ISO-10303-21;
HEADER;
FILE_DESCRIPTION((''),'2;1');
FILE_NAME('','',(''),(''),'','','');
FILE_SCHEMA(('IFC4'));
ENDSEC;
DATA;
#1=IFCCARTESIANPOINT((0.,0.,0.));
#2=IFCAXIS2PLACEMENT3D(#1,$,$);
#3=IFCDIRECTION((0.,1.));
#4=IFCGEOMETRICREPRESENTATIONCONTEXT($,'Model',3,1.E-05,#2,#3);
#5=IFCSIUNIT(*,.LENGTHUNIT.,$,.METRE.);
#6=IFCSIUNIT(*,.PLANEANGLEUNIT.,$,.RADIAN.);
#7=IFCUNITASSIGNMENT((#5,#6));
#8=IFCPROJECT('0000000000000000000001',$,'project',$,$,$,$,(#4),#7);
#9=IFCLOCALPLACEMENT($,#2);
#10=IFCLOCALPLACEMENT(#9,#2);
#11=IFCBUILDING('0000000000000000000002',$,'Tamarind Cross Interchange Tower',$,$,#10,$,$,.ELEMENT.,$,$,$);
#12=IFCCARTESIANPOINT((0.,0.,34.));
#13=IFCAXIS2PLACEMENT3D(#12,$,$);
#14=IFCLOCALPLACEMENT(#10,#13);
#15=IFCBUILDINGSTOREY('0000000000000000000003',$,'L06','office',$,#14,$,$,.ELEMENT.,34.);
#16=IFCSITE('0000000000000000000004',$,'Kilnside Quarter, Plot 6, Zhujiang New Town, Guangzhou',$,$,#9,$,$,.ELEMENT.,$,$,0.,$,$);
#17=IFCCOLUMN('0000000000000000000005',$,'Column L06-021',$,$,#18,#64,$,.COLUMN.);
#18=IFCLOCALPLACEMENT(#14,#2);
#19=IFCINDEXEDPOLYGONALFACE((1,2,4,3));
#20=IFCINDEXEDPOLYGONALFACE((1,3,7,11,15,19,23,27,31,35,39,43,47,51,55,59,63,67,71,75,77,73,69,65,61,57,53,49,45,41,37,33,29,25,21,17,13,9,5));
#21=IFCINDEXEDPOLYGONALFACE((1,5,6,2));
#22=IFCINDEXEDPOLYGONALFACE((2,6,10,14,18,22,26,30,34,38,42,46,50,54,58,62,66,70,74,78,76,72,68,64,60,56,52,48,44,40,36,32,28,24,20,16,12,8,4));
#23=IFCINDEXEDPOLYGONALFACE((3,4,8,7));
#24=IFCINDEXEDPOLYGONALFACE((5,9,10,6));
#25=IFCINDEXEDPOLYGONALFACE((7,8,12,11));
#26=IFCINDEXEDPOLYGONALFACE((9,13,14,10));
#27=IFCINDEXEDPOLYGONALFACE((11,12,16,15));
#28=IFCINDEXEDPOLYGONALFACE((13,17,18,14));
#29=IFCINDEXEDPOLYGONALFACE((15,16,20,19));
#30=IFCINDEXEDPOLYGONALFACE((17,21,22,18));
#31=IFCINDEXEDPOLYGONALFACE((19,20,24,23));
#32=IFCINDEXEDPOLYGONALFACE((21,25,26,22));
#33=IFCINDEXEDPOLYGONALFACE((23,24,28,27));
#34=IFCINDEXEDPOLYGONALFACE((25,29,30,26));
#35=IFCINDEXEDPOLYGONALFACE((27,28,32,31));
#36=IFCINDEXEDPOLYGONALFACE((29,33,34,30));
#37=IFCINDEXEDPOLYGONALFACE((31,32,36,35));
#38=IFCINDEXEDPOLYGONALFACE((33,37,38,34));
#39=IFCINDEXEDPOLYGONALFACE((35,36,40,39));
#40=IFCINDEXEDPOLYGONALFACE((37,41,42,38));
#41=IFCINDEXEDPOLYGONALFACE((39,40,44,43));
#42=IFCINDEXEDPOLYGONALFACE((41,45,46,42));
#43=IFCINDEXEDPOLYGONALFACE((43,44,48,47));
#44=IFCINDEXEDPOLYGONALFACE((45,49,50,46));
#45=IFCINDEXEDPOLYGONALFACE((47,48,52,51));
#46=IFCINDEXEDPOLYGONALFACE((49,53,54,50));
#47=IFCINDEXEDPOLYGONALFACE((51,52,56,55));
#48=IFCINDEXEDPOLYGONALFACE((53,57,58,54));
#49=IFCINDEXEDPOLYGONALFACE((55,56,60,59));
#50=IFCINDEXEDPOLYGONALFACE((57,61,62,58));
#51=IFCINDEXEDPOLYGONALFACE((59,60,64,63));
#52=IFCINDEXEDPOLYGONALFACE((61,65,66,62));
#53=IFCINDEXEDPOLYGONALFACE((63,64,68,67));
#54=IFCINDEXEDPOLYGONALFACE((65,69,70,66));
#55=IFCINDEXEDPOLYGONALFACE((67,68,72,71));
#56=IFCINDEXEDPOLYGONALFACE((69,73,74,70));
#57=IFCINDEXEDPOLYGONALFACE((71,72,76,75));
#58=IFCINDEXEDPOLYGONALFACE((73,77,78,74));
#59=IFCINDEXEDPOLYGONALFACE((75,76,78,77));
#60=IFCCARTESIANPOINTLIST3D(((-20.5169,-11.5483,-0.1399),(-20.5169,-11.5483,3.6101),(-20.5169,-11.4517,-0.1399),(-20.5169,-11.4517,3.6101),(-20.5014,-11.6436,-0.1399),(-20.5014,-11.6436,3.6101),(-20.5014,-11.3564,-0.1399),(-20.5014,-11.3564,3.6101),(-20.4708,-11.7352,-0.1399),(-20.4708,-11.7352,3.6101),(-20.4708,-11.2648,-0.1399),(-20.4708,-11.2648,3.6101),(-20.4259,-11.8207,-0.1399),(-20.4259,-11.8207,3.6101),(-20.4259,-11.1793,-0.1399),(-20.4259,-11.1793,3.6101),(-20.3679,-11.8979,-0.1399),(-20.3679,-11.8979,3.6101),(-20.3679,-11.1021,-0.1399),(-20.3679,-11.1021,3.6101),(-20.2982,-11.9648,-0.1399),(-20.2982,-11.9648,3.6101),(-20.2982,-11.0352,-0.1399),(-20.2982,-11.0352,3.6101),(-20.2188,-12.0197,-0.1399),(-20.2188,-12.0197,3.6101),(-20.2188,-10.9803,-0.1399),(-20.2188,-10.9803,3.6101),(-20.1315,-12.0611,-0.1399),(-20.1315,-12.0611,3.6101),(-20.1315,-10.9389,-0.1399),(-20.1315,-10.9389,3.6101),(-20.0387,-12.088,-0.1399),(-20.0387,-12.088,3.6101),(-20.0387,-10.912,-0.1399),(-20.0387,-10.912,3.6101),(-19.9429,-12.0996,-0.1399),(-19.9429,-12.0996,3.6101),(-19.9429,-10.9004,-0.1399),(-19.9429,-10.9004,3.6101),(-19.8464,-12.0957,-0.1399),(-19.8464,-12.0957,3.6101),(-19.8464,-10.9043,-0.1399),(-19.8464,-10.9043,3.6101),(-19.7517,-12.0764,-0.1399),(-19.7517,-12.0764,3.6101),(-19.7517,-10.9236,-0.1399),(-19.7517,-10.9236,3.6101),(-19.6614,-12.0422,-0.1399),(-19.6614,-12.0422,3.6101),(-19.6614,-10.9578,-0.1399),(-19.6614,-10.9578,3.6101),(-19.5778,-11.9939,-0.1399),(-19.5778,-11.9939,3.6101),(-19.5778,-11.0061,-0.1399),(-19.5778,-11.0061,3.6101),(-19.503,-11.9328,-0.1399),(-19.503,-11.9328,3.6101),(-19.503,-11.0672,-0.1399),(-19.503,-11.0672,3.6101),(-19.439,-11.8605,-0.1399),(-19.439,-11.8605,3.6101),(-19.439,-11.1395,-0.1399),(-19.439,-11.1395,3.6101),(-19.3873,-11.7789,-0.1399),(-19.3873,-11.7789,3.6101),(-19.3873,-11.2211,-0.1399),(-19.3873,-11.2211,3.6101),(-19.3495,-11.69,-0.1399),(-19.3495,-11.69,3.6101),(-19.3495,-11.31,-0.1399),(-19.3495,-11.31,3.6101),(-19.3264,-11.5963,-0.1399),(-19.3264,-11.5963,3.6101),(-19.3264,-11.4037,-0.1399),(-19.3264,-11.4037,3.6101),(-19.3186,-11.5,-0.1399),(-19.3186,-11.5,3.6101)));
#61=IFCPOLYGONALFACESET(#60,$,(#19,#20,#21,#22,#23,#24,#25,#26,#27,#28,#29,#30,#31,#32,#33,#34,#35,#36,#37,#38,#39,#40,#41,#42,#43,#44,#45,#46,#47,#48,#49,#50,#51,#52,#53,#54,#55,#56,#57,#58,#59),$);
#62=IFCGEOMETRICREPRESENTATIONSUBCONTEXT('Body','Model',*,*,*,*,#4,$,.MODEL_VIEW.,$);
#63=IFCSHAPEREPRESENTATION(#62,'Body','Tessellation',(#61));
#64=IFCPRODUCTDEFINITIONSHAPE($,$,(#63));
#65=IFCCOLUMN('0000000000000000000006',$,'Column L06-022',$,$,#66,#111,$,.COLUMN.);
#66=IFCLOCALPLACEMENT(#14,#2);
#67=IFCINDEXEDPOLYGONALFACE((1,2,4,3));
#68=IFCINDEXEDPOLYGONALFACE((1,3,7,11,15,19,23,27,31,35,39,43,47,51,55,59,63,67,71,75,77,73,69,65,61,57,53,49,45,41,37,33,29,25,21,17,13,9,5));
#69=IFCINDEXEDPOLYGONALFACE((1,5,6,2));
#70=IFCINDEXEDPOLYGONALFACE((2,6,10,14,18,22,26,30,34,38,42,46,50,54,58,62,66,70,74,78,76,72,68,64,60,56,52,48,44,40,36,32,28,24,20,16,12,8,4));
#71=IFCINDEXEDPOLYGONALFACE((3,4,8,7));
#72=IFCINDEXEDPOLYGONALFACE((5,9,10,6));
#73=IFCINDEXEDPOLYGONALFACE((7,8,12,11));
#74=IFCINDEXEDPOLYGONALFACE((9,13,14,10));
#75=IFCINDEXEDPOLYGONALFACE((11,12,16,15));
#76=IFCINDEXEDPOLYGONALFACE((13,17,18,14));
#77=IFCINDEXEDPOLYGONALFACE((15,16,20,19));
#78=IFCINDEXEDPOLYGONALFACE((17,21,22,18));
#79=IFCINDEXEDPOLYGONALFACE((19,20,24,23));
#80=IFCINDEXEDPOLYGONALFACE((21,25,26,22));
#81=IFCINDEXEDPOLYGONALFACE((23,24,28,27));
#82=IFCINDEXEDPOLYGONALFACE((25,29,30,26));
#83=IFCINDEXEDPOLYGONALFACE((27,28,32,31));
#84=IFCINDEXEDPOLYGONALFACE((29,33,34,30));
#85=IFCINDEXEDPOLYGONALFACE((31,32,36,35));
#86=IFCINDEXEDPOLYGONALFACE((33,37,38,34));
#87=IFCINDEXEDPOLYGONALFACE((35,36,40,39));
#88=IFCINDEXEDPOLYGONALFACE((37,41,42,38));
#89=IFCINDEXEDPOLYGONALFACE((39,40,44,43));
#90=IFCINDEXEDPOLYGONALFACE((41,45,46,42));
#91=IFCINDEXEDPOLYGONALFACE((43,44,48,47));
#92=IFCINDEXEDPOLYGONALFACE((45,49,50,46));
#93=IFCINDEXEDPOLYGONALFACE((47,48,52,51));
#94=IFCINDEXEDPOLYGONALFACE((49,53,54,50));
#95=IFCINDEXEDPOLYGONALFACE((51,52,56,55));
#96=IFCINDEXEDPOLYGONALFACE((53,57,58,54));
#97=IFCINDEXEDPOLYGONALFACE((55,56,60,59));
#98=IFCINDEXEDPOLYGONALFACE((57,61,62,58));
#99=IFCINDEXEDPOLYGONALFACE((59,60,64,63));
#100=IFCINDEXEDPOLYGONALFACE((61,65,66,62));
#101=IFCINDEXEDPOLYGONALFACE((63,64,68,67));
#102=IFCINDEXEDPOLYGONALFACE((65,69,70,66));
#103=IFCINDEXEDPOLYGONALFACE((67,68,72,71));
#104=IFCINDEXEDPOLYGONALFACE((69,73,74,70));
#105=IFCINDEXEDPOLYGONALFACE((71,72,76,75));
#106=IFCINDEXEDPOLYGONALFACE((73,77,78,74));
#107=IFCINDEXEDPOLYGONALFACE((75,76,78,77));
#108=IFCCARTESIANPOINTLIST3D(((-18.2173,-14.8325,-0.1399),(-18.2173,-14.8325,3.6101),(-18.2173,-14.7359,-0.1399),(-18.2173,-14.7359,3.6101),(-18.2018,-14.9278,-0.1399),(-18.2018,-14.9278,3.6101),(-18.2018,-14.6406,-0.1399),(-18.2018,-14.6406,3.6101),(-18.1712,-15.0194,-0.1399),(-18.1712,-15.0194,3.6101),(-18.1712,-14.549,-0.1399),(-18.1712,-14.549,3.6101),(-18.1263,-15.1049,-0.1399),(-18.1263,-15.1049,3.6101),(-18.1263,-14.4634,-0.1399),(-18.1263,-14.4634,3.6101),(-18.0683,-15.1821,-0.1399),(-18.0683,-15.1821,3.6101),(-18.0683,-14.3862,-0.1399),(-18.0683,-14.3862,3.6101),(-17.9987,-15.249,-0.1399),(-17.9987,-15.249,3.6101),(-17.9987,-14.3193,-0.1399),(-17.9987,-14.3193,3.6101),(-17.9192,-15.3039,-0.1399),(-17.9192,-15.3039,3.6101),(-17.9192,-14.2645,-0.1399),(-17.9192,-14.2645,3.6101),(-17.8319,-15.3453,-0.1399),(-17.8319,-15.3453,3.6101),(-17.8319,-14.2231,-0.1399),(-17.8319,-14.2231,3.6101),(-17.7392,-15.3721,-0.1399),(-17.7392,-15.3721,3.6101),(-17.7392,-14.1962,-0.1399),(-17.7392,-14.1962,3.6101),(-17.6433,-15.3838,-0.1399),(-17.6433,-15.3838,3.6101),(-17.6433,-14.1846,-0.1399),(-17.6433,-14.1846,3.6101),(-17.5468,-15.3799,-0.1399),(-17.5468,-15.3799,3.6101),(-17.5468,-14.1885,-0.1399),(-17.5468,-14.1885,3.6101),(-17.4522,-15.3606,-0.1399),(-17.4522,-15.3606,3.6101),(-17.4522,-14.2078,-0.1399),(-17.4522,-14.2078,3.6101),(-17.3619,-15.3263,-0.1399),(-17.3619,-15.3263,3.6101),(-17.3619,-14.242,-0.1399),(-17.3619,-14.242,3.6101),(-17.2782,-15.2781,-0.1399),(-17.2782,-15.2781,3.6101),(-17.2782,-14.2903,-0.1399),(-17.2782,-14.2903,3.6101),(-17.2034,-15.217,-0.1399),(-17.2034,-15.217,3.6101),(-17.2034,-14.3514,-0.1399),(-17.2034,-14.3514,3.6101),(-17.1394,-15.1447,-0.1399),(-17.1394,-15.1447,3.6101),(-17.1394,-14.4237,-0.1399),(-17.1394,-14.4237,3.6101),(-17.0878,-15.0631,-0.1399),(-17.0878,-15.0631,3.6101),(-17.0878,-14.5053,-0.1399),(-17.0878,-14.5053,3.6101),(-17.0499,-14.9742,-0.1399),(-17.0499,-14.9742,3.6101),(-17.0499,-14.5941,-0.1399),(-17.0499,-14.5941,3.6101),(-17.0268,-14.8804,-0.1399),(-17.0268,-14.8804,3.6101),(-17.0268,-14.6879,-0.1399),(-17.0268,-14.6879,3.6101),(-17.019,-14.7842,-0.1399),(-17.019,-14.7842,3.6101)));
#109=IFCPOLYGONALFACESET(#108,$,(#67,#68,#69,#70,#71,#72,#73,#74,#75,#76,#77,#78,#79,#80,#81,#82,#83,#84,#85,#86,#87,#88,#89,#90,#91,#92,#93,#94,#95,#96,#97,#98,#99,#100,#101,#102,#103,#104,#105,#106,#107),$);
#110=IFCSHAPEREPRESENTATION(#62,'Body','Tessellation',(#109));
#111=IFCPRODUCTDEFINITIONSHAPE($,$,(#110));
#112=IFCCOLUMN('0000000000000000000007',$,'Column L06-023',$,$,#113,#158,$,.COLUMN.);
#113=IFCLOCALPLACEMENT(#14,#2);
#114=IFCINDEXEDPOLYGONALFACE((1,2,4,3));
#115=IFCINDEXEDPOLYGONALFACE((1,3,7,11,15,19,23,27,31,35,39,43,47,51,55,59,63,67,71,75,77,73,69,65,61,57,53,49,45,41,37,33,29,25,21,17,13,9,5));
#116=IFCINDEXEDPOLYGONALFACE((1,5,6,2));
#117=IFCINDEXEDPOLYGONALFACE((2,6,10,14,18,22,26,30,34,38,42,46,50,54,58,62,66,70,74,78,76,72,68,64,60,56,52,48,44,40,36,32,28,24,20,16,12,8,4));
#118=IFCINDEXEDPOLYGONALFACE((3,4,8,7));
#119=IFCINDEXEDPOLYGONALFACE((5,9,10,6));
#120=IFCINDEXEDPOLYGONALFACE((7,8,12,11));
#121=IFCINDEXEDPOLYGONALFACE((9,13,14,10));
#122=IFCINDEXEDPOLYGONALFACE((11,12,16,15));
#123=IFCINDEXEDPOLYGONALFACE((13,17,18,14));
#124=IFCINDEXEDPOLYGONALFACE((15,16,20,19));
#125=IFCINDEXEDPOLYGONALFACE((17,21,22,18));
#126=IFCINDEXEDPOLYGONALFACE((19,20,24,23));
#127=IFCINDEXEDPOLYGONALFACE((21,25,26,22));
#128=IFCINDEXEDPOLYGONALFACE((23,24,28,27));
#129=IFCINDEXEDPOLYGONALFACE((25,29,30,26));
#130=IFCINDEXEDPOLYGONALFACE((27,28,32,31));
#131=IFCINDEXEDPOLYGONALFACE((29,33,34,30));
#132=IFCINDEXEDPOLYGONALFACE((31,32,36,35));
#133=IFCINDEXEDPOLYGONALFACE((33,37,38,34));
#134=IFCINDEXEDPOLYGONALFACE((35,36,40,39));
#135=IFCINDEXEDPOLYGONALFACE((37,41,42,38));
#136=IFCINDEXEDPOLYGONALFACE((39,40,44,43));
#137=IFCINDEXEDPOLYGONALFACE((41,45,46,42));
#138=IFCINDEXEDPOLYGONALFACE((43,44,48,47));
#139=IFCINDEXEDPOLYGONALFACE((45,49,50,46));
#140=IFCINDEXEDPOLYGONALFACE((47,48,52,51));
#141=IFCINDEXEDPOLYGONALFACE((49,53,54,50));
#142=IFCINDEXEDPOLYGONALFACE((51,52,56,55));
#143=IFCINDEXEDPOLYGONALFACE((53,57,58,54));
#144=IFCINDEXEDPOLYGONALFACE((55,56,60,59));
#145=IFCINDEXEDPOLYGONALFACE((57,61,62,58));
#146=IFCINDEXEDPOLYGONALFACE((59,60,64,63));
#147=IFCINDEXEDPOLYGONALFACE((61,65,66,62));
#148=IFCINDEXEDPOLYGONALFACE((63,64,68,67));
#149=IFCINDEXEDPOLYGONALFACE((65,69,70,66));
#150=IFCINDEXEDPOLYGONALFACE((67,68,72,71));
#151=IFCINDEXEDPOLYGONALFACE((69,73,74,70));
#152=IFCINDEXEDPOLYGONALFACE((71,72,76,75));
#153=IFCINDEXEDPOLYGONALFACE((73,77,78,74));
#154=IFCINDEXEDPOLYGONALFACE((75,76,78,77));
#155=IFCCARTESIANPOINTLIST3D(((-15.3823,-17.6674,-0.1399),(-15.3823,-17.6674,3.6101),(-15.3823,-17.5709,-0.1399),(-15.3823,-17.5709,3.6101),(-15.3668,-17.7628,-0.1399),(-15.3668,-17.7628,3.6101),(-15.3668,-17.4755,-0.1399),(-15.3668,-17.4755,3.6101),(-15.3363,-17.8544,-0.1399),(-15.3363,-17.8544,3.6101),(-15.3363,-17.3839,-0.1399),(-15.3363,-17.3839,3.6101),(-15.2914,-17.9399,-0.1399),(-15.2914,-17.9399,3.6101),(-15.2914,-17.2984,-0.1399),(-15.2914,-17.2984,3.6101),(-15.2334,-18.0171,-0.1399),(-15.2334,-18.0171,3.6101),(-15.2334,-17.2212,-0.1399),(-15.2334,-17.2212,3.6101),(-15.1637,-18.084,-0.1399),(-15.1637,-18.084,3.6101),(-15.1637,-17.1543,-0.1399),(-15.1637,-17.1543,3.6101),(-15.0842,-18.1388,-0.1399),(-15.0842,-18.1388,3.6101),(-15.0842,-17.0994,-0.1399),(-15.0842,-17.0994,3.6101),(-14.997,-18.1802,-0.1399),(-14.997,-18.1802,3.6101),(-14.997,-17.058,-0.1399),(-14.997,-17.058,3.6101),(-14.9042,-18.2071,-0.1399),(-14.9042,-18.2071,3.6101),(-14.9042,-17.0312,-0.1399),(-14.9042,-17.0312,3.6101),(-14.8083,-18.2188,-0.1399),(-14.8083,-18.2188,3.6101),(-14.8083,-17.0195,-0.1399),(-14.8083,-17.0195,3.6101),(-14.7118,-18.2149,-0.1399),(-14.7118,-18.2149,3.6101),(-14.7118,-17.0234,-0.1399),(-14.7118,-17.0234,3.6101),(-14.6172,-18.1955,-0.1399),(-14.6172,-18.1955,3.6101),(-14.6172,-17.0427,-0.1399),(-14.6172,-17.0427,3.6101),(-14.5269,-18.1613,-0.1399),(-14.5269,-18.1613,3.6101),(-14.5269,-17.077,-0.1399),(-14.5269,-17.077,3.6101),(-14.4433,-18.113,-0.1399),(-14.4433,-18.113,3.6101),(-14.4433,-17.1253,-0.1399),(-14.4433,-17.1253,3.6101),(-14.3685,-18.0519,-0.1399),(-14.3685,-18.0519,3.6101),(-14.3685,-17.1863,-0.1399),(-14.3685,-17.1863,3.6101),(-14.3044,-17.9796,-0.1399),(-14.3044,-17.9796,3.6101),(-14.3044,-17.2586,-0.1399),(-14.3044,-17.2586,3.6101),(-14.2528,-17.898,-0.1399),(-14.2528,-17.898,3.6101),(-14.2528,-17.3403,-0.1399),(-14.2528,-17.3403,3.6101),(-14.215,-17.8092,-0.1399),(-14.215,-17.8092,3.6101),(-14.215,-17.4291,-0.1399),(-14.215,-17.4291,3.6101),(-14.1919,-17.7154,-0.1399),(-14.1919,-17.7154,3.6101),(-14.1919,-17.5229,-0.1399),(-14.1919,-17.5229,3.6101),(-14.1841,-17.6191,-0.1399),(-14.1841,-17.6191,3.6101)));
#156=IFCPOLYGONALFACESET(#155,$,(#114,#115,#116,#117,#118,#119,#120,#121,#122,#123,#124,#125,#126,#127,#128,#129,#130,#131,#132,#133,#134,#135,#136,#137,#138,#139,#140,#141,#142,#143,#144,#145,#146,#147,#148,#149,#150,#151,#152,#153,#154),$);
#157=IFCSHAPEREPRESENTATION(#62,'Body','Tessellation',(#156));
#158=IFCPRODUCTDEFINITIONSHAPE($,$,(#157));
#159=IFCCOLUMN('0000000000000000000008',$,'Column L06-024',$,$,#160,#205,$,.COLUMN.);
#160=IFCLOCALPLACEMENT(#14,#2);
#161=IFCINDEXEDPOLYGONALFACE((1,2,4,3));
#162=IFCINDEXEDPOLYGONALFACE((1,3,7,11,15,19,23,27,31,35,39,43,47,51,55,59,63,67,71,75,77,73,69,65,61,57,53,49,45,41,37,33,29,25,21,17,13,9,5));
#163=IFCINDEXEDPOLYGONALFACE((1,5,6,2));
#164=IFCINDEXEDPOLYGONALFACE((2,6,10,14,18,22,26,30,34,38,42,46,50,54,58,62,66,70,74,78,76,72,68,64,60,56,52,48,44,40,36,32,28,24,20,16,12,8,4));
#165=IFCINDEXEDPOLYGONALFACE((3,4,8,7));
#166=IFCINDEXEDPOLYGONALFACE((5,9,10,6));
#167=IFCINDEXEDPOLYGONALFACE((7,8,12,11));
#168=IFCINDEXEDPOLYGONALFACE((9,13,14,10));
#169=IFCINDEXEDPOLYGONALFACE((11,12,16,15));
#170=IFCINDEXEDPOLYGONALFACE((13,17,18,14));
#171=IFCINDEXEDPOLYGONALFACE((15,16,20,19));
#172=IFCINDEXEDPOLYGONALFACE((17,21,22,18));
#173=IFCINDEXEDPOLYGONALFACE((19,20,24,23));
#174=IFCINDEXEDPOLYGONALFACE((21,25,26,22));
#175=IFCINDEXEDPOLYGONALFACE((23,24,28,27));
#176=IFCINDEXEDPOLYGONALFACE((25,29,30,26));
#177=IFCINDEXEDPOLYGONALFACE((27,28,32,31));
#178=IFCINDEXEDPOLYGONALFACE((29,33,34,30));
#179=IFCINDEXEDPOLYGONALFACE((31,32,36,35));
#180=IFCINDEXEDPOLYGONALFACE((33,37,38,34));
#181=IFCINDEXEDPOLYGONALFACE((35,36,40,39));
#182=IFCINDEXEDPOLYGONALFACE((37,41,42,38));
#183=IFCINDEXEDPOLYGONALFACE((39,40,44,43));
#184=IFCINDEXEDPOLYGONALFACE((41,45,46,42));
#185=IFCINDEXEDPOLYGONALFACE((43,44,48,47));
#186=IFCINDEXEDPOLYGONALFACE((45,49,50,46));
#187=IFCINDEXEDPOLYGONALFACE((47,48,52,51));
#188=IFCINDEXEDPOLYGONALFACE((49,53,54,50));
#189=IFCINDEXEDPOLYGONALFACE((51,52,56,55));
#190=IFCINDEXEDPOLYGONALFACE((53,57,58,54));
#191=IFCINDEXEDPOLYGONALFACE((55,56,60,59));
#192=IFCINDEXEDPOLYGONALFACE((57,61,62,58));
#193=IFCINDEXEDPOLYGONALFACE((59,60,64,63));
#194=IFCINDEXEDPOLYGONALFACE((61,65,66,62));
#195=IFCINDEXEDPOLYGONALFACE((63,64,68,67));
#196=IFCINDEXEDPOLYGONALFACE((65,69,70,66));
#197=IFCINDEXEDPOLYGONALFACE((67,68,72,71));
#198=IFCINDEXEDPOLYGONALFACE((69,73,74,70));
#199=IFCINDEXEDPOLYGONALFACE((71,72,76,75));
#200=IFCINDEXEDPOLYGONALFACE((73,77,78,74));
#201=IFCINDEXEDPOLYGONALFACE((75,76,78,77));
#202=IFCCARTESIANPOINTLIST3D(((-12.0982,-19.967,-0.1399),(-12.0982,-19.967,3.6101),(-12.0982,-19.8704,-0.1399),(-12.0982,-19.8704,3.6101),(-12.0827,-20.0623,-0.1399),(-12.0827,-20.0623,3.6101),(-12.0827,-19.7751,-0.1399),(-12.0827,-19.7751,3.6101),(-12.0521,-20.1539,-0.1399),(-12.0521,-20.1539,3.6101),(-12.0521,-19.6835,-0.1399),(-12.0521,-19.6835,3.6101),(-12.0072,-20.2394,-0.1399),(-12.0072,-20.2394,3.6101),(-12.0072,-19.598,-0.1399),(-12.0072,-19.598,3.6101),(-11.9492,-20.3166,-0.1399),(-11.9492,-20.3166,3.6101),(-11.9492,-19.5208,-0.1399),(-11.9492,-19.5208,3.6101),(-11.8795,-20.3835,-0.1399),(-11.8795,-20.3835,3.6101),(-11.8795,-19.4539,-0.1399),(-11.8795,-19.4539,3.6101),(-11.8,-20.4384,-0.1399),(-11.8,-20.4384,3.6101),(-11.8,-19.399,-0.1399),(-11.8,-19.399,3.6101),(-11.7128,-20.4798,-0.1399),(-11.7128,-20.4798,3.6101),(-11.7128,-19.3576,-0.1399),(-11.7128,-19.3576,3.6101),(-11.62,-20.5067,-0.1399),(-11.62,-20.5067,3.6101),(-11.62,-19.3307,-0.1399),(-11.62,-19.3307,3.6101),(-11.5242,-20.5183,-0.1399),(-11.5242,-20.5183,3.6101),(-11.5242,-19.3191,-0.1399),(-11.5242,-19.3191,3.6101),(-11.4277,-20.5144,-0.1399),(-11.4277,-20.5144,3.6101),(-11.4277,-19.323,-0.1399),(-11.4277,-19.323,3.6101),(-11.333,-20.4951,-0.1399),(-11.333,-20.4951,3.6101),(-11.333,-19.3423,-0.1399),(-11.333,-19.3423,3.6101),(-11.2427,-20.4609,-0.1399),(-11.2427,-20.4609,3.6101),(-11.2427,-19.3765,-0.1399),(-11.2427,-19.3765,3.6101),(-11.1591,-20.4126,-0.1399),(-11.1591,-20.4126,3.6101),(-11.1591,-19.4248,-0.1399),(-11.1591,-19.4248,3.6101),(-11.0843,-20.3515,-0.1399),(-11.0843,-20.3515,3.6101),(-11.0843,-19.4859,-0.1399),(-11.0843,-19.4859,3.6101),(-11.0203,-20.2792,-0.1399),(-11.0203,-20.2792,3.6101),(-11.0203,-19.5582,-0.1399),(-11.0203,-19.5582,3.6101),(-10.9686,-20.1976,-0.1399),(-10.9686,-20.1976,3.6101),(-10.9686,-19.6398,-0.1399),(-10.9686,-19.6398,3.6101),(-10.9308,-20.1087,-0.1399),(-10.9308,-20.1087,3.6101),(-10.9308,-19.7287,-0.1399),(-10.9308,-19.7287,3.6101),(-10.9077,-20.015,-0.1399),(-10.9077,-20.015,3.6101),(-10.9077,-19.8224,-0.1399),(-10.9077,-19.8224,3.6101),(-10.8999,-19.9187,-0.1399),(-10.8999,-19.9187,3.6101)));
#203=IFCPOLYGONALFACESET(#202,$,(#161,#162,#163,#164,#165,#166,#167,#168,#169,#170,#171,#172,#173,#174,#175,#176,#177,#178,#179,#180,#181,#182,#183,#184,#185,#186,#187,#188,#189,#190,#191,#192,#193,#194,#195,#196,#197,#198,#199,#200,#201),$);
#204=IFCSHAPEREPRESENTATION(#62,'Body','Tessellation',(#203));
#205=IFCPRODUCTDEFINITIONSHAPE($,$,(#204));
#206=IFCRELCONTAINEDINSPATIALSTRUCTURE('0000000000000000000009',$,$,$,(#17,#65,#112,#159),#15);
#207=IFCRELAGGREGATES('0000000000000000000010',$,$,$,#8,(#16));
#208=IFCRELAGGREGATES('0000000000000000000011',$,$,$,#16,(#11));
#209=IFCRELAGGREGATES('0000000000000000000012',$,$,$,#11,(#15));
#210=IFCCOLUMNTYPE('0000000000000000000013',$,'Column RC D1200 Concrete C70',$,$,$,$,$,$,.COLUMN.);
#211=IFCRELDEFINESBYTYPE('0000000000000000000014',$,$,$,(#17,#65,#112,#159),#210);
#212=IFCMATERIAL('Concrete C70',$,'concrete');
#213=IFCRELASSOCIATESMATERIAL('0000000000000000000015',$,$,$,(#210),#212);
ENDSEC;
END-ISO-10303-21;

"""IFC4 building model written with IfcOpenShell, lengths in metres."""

from ifc_helpers import new_model, si_unit, direction, frame, origin, origin_2d, place, context, subcontext, project, spatial, circle, extrude, material, material_profile, profile_set, type_object, element, save


model = new_model("IFC4")

# Units and contexts
model_context = context("Model", 3, precision=1e-05, world=origin(), true_north=direction((0.0, 1.0)))
body_context = subcontext(model_context, "Body", "Model", "MODEL_VIEW")
ifc_project = project(units=[si_unit("LENGTHUNIT", "METRE"), si_unit("PLANEANGLEUNIT", "RADIAN")], contexts=[model_context])

# Site, building, storey
site_placement = place(None, origin())
site = spatial("IfcSite", under=ifc_project, at=site_placement, Name="Kilnside Quarter, Plot 6, Zhujiang New Town, Guangzhou", CompositionType="ELEMENT", RefElevation=0.0)
building_placement = place(site_placement, origin())
building = spatial("IfcBuilding", under=site, at=building_placement, Name="Tamarind Cross Interchange Tower", CompositionType="ELEMENT")
storey_placement = place(building_placement, frame((0.0, 0.0, 34.0)))
storey = spatial("IfcBuildingStorey", under=building, at=storey_placement, Name="L06", Description="office", CompositionType="ELEMENT", Elevation=34.0)

# Columns
ifc_material_1 = material(Name="Concrete C70", Category="concrete")
ifc_material_profile_1 = material_profile(ifc_material_1, circle(Radius=0.6001, at=origin_2d()), Name="RC D1200")
ifc_profile_set_1 = profile_set([ifc_material_profile_1], Name="Concrete C70")
column_type = type_object("IfcColumnType", Name="Column RC D1200 Concrete C70", PredefinedType="COLUMN", material=ifc_profile_set_1)
for number, where, z_axis, x_axis, name in (
    (1, (-19.9187, -11.5, -0.1399), (0.0, 0.0, 1.0), (1.0, 0.0, 0.0), "Column L06-021"),
    (2, (-17.6191, -14.7842, -0.1399), (0.0, 0.0, 1.0), (1.0, 0.0, 0.0), "Column L06-022"),
    (3, (-14.7842, -17.6191, -0.1399), (0.0, 0.0, 1.0), (1.0, 0.0, 0.0), "Column L06-023"),
    (4, (-11.5, -19.9187, -0.1399), (0.0, 0.0, 1.0), (1.0, 0.0, 0.0), "Column L06-024"),
):
    element("IfcColumn", number, at=place(storey_placement, frame(where, z_axis=z_axis, x_axis=x_axis)), inside=storey, type_object=column_type, Name=name, PredefinedType="COLUMN", context=body_context, shape_type="SweptSolid", body=[
        extrude(circle(Radius=0.6001, at=origin_2d()), origin(), (0.0, 0.0, 1.0), 3.75),
    ])

save(model, "model.ifc")
